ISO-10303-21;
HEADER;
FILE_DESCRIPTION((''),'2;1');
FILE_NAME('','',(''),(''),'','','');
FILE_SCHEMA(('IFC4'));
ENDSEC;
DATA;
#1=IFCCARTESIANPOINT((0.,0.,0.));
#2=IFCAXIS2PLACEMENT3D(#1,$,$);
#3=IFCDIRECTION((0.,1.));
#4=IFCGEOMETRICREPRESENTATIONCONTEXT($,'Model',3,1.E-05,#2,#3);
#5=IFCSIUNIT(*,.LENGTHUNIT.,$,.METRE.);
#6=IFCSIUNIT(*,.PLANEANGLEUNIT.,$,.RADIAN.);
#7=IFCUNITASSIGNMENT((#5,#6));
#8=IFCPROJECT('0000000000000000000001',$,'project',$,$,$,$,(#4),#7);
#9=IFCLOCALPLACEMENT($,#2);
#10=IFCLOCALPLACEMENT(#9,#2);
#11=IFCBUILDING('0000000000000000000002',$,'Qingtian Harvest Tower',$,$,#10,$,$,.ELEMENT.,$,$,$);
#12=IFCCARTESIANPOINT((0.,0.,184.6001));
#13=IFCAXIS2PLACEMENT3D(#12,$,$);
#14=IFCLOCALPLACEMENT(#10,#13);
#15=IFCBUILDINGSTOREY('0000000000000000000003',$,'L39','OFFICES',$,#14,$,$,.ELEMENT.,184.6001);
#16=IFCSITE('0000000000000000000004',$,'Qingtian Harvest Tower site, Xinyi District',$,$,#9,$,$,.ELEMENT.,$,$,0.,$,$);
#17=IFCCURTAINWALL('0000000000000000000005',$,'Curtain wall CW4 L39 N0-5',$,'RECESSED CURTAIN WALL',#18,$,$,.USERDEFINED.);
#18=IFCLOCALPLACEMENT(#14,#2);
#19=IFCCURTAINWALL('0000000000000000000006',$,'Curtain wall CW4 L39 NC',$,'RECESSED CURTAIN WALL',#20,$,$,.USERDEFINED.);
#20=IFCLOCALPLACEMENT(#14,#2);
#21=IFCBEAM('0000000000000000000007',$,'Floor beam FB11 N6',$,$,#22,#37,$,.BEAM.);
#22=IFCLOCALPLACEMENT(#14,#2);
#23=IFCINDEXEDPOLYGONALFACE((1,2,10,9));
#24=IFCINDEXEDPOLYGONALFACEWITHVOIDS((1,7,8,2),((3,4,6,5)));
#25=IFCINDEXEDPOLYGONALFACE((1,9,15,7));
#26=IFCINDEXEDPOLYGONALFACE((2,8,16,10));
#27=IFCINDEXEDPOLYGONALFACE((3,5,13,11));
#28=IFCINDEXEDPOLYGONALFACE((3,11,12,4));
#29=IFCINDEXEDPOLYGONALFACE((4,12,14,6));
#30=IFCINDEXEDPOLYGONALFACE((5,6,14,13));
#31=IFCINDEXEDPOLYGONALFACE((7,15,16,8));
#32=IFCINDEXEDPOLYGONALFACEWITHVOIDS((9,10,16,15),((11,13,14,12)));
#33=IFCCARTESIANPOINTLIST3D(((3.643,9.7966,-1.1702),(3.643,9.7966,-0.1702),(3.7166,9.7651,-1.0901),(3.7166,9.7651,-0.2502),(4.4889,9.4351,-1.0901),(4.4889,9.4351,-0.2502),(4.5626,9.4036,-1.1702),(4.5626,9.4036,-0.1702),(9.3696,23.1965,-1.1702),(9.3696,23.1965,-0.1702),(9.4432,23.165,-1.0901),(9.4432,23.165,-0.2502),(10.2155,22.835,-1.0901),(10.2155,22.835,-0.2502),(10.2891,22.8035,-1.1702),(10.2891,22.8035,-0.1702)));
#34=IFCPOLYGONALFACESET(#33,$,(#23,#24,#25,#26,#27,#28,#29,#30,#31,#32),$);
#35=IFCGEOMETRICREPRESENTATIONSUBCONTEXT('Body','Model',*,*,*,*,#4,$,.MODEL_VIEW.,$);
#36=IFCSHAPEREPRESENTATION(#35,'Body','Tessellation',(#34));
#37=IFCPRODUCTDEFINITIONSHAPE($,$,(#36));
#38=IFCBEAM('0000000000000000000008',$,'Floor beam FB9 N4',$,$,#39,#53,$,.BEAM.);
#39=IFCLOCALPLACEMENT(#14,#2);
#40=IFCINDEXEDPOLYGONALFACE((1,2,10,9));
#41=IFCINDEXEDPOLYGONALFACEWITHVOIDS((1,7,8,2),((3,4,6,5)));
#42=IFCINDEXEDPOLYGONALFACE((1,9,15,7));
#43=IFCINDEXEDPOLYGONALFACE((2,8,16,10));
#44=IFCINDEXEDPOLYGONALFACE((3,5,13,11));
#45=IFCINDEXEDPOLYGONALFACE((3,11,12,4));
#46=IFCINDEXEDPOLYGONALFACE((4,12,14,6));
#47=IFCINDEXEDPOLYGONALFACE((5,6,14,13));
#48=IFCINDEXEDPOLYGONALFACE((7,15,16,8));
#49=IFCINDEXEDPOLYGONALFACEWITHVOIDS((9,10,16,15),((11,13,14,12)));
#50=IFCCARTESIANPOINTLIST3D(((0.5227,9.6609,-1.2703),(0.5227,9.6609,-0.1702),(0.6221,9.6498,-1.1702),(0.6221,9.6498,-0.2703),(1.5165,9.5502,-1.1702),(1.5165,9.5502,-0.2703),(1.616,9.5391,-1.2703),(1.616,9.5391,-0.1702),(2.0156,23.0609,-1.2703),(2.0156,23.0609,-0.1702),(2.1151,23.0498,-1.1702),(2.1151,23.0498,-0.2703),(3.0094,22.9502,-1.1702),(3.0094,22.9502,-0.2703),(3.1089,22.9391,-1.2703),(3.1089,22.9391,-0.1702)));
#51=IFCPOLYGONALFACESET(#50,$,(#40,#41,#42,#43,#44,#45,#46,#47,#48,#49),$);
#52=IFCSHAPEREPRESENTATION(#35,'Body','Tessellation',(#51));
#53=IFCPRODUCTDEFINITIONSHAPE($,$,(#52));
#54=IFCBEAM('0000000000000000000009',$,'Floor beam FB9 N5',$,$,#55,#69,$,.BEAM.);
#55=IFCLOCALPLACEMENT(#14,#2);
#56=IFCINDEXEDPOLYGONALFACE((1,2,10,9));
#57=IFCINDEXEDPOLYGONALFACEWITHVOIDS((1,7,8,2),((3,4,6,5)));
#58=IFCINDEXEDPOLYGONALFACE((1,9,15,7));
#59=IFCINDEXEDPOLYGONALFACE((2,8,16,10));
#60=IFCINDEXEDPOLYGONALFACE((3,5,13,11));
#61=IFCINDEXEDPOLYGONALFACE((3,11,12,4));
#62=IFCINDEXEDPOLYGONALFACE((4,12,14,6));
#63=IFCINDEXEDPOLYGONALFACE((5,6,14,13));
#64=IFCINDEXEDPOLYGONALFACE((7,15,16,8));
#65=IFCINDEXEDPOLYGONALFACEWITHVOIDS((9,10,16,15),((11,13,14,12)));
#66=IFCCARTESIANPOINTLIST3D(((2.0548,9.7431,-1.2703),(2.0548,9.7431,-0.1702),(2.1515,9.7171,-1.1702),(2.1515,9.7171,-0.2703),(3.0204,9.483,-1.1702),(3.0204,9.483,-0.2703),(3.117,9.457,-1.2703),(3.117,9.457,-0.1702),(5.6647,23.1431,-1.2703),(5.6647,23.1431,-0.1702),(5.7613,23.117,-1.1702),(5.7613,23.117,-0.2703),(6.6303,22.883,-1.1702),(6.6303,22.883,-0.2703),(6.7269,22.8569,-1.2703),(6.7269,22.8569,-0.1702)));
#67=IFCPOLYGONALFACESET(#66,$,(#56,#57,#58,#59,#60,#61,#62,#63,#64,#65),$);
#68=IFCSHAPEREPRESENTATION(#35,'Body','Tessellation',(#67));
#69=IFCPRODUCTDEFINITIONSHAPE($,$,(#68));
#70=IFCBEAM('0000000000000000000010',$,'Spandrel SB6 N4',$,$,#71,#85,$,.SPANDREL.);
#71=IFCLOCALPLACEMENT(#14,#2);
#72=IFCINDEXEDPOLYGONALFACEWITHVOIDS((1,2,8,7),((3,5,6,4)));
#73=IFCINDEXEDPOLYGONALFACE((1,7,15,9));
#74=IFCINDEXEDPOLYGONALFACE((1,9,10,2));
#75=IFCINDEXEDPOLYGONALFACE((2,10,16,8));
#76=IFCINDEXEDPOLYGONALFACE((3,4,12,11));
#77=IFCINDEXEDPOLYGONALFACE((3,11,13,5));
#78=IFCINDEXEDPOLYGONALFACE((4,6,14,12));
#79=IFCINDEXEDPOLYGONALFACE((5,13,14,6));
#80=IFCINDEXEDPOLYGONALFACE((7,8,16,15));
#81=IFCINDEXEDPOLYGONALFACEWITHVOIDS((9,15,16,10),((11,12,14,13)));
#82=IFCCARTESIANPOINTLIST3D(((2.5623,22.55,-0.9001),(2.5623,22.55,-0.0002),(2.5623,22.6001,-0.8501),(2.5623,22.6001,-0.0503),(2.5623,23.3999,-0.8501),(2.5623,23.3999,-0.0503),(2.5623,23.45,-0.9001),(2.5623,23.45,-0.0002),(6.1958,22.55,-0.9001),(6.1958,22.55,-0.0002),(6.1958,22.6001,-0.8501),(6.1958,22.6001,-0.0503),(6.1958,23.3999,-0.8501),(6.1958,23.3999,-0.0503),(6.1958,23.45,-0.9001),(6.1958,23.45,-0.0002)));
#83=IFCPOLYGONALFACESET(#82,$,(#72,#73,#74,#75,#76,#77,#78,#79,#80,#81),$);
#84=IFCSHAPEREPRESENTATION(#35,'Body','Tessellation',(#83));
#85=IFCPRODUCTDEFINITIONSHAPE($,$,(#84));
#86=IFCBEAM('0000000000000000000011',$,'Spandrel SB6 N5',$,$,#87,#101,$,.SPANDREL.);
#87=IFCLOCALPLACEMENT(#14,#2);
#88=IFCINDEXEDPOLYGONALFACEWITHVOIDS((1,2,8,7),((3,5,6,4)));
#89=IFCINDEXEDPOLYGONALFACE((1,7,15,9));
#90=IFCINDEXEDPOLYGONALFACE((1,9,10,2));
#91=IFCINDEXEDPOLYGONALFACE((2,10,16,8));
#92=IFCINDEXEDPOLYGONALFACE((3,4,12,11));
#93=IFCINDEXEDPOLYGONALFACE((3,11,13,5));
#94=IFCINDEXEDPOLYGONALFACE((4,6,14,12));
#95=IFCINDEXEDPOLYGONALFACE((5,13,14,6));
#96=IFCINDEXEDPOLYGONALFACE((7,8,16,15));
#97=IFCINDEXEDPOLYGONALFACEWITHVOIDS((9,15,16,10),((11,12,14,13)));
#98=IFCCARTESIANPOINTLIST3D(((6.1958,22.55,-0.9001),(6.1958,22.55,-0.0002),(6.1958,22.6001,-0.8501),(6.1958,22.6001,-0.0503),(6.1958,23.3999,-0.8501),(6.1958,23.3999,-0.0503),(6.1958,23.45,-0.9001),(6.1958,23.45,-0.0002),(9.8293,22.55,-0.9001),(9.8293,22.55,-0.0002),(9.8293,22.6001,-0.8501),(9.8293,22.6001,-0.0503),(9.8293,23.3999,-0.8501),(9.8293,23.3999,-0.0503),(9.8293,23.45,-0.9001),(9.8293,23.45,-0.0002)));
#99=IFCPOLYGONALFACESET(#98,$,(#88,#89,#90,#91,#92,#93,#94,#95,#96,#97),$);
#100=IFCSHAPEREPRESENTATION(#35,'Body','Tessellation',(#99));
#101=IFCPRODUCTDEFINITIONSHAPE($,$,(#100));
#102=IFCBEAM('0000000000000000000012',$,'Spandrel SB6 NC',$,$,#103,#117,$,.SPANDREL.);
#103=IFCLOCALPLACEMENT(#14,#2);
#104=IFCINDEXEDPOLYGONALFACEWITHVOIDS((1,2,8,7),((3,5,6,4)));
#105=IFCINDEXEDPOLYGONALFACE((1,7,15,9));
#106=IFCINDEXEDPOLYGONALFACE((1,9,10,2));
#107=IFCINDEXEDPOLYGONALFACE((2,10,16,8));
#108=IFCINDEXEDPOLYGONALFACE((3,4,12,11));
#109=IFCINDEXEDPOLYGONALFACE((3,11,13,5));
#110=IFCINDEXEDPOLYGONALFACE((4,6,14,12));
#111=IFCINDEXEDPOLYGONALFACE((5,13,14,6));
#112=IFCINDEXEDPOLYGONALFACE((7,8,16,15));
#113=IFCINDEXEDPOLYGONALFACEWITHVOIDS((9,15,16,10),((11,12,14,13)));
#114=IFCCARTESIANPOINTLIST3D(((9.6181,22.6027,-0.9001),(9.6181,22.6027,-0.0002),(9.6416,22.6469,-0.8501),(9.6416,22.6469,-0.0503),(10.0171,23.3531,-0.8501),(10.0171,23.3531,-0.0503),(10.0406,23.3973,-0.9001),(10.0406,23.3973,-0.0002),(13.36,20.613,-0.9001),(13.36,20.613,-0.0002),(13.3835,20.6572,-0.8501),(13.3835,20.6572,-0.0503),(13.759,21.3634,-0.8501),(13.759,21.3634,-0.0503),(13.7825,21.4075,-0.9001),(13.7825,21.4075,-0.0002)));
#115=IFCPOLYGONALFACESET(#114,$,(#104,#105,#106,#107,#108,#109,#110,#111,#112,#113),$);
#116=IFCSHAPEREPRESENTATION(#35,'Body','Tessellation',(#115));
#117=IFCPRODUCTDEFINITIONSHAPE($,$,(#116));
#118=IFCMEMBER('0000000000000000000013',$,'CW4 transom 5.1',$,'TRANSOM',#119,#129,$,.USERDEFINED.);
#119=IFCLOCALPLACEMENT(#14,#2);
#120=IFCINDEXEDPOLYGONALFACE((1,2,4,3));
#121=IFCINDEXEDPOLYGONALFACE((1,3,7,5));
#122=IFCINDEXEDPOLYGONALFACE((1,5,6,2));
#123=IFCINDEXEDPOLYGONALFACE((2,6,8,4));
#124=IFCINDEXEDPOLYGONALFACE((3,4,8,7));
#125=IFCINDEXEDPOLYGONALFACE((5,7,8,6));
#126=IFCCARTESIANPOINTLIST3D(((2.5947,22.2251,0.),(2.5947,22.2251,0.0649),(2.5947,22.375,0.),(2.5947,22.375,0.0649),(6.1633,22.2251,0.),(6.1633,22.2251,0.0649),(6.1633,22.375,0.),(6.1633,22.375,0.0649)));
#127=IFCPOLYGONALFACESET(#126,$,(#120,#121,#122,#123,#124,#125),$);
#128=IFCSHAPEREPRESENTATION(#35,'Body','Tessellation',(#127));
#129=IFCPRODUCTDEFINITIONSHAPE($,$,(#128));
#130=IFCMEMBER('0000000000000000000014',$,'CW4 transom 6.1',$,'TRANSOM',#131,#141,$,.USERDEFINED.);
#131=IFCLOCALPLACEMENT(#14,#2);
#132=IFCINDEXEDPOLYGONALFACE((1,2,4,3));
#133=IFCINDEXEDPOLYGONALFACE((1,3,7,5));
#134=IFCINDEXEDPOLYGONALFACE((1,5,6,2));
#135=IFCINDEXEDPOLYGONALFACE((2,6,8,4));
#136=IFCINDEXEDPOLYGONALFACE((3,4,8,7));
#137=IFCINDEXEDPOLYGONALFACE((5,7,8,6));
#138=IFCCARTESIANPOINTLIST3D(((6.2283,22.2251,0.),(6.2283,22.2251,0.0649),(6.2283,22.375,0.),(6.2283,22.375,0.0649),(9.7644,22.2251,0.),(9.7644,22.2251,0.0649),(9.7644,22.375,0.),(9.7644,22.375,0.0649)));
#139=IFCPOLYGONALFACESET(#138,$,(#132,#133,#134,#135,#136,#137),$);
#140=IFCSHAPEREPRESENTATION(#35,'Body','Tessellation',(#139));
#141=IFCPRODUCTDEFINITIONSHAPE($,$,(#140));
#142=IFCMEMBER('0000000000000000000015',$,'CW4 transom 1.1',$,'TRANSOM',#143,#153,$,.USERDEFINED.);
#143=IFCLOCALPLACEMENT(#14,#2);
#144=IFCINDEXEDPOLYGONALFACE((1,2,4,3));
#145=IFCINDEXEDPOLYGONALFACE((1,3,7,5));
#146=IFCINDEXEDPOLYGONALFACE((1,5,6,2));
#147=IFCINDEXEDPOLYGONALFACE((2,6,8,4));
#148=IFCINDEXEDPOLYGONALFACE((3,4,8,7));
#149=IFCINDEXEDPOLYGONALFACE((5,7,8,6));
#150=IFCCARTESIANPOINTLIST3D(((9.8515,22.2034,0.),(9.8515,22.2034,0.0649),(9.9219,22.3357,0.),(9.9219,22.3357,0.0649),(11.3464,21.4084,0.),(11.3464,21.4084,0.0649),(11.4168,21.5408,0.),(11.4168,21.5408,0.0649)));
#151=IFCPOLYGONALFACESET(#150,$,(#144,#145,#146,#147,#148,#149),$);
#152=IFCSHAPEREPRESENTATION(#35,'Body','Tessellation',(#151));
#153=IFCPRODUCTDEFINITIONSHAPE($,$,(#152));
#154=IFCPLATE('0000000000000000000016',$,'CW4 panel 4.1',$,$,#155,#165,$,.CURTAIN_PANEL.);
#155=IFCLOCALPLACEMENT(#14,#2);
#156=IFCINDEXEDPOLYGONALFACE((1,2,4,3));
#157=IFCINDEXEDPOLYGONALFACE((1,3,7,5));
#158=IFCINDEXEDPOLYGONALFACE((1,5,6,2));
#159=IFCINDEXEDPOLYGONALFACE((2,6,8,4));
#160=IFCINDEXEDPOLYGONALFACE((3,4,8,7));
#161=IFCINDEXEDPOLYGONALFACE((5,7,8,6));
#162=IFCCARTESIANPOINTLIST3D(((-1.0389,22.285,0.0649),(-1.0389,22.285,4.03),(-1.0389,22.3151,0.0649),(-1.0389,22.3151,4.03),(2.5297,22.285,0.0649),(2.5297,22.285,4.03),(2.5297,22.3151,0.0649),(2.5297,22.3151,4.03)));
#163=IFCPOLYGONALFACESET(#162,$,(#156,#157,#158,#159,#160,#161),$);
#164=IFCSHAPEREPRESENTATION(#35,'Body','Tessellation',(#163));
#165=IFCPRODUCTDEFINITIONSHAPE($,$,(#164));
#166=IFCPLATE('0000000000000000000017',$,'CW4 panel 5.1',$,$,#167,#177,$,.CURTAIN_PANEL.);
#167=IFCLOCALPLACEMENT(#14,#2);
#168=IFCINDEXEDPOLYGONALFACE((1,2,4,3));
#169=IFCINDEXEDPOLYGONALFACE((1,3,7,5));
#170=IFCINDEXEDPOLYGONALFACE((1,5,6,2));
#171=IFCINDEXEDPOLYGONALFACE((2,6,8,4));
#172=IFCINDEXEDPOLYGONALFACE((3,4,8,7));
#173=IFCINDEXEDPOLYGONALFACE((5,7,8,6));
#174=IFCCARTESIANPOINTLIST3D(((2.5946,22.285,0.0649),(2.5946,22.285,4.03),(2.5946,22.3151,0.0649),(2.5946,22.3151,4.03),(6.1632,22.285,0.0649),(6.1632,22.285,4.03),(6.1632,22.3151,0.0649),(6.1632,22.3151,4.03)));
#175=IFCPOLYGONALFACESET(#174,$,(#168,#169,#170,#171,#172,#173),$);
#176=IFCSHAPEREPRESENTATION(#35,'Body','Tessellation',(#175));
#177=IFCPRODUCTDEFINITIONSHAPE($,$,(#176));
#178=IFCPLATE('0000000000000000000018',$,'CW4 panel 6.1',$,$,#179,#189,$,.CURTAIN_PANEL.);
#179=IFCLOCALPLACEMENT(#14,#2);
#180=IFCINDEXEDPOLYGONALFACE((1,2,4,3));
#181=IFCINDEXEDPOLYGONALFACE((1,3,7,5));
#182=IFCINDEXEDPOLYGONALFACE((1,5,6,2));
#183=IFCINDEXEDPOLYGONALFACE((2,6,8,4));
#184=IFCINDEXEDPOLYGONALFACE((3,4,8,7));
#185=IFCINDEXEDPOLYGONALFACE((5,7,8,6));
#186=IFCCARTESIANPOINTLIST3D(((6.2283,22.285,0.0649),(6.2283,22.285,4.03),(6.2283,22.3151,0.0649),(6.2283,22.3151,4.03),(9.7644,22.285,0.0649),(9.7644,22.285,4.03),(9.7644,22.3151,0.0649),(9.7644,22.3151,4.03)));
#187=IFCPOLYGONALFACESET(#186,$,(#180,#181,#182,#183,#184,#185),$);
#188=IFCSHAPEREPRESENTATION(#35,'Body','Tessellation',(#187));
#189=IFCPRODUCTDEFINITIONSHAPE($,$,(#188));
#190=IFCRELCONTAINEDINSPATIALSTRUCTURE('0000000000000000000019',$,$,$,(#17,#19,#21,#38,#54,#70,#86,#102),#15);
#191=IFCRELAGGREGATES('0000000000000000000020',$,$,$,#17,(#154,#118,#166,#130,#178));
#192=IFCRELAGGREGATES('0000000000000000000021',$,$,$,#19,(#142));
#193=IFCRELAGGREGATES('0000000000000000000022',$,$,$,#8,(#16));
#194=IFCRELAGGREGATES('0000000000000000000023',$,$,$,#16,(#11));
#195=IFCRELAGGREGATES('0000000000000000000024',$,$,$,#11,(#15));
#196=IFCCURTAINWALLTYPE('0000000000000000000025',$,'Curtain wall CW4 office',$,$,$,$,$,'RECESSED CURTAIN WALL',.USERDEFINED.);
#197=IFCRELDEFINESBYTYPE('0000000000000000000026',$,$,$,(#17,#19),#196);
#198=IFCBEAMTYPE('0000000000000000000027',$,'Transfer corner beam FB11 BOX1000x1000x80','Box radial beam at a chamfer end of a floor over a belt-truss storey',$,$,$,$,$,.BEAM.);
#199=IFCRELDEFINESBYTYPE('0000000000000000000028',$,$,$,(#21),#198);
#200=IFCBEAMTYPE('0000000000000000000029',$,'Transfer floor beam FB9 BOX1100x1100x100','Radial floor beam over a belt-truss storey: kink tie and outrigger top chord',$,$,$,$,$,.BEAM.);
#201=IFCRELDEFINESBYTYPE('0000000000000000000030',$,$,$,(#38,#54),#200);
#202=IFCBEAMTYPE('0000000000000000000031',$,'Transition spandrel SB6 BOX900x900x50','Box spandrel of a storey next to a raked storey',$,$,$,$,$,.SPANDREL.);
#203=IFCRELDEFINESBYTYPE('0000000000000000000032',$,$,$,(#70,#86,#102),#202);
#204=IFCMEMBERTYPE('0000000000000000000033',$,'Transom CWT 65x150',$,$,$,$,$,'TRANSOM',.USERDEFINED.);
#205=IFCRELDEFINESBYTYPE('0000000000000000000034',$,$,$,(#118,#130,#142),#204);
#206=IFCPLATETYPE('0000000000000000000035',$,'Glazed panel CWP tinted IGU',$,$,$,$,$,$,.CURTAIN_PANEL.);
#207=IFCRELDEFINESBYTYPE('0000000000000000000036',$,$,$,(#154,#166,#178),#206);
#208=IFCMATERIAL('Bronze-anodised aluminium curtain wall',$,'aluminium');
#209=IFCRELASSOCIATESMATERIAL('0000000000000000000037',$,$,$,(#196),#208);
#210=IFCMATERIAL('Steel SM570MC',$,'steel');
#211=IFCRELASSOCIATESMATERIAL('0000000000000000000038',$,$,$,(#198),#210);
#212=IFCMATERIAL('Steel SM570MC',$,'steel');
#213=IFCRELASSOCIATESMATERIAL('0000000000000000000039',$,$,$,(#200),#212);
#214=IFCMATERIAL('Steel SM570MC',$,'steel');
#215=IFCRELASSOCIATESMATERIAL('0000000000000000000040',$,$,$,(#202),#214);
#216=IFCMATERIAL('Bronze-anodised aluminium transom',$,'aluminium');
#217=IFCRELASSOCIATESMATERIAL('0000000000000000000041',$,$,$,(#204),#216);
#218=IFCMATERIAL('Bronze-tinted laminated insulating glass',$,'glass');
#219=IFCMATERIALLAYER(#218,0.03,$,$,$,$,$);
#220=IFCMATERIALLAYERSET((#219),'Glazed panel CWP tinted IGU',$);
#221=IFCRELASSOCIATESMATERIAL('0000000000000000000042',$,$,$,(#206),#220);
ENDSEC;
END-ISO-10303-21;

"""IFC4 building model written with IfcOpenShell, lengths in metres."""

from ifc_helpers import new_model, si_unit, direction, frame, origin, origin_2d, place, context, subcontext, project, spatial, rectangle, hollow_rectangle, extrude, material, layer, layer_set, material_profile, profile_set, type_object, element, aggregate, save


model = new_model("IFC4")

# Units and contexts
model_context = context("Model", 3, precision=1e-05, world=origin(), true_north=direction((0.0, 1.0)))
body_context = subcontext(model_context, "Body", "Model", "MODEL_VIEW")
ifc_project = project(units=[si_unit("LENGTHUNIT", "METRE"), si_unit("PLANEANGLEUNIT", "RADIAN")], contexts=[model_context])

# Site, building, storey
site_placement = place(None, origin())
site = spatial("IfcSite", under=ifc_project, at=site_placement, Name="Qingtian Harvest Tower site, Xinyi District", CompositionType="ELEMENT", RefElevation=0.0)
building_placement = place(site_placement, origin())
building = spatial("IfcBuilding", under=site, at=building_placement, Name="Qingtian Harvest Tower", CompositionType="ELEMENT")
storey_placement = place(building_placement, frame((0.0, 0.0, 184.6001)))
storey = spatial("IfcBuildingStorey", under=building, at=storey_placement, Name="L39", Description="OFFICES", CompositionType="ELEMENT", Elevation=184.6001)

# Curtain walls
ifc_material_1 = material(Name="Bronze-anodised aluminium curtain wall", Category="aluminium")
curtain_wall_type = type_object("IfcCurtainWallType", Name="Curtain wall CW4 office", ElementType="RECESSED CURTAIN WALL", PredefinedType="USERDEFINED", material=ifc_material_1)
curtain_wall_1_placement = place(storey_placement, origin())
curtain_wall_1 = element("IfcCurtainWall", 1, at=curtain_wall_1_placement, inside=storey, type_object=curtain_wall_type, Name="Curtain wall CW4 L39 N0-5", ObjectType="RECESSED CURTAIN WALL", PredefinedType="USERDEFINED")
curtain_wall_2_placement = place(storey_placement, origin())
curtain_wall_2 = element("IfcCurtainWall", 2, at=curtain_wall_2_placement, inside=storey, type_object=curtain_wall_type, Name="Curtain wall CW4 L39 NC", ObjectType="RECESSED CURTAIN WALL", PredefinedType="USERDEFINED")

# Beams
ifc_material_2 = material(Name="Steel SM570MC", Category="steel")
ifc_material_profile_1 = material_profile(ifc_material_2, hollow_rectangle(XDim=1.0, YDim=1.0, WallThickness=0.0801, at=origin_2d()), Name="BOX1000x1000x80")
ifc_profile_set_1 = profile_set([ifc_material_profile_1], Name="Steel SM570MC")
beam_type_1 = type_object("IfcBeamType", Name="Transfer corner beam FB11 BOX1000x1000x80", Description="Box radial beam at a chamfer end of a floor over a belt-truss storey", PredefinedType="BEAM", material=ifc_profile_set_1)
beam_1_placement = place(storey_placement, frame((9.8293, 23.0, -0.6702), z_axis=(-0.392977, -0.919548, 0.0), x_axis=(0.919548, -0.392977, 0.0)))
element("IfcBeam", 3, at=beam_1_placement, inside=storey, type_object=beam_type_1, Name="Floor beam FB11 N6", PredefinedType="BEAM", context=body_context, shape_type="SweptSolid", body=[
    extrude(hollow_rectangle(XDim=1.0, YDim=1.0, WallThickness=0.0801, at=origin_2d()), origin(), (0.0, 0.0, 1.0), 14.5723),
])
ifc_material_3 = material(Name="Steel SM570MC", Category="steel")
ifc_material_profile_2 = material_profile(ifc_material_3, hollow_rectangle(XDim=1.1001, YDim=1.1001, WallThickness=0.1001, at=origin_2d()), Name="BOX1100x1100x100")
ifc_profile_set_2 = profile_set([ifc_material_profile_2], Name="Steel SM570MC")
beam_type_2 = type_object("IfcBeamType", Name="Transfer floor beam FB9 BOX1100x1100x100", Description="Radial floor beam over a belt-truss storey: kink tie and outrigger top chord", PredefinedType="BEAM", material=ifc_profile_set_2)
beam_2_placement = place(storey_placement, frame((2.5623, 23.0, -0.7202), z_axis=(-0.110728, -0.993851, 0.0), x_axis=(0.993851, -0.110728, 0.0)))
element("IfcBeam", 4, at=beam_2_placement, inside=storey, type_object=beam_type_2, Name="Floor beam FB9 N4", PredefinedType="BEAM", context=body_context, shape_type="SweptSolid", body=[
    extrude(hollow_rectangle(XDim=1.1001, YDim=1.1001, WallThickness=0.1001, at=origin_2d()), origin(), (0.0, 0.0, 1.0), 13.4829),
])
beam_3_placement = place(storey_placement, frame((6.1958, 23.0, -0.7202), z_axis=(-0.260121, -0.965576, 0.0), x_axis=(0.965576, -0.260121, 0.0)))
element("IfcBeam", 5, at=beam_3_placement, inside=storey, type_object=beam_type_2, Name="Floor beam FB9 N5", PredefinedType="BEAM", context=body_context, shape_type="SweptSolid", body=[
    extrude(hollow_rectangle(XDim=1.1001, YDim=1.1001, WallThickness=0.1001, at=origin_2d()), origin(), (0.0, 0.0, 1.0), 13.8777),
])
ifc_material_4 = material(Name="Steel SM570MC", Category="steel")
ifc_material_profile_3 = material_profile(ifc_material_4, hollow_rectangle(XDim=0.8999, YDim=0.8999, WallThickness=0.05, at=origin_2d()), Name="BOX900x900x50")
ifc_profile_set_3 = profile_set([ifc_material_profile_3], Name="Steel SM570MC")
beam_type_3 = type_object("IfcBeamType", Name="Transition spandrel SB6 BOX900x900x50", Description="Box spandrel of a storey next to a raked storey", PredefinedType="SPANDREL", material=ifc_profile_set_3)
for number, where, z_axis, x_axis, name in (
    (6, (2.5623, 23.0, -0.4502), (1.0, 0.0, 0.0), (0.0, 1.0, 0.0), "Spandrel SB6 N4"),
    (7, (6.1958, 23.0, -0.4502), (1.0, 0.0, 0.0), (0.0, 1.0, 0.0), "Spandrel SB6 N5"),
):
    element("IfcBeam", number, at=place(storey_placement, frame(where, z_axis=z_axis, x_axis=x_axis)), inside=storey, type_object=beam_type_3, Name=name, PredefinedType="SPANDREL", context=body_context, shape_type="SweptSolid", body=[
        extrude(hollow_rectangle(XDim=0.8999, YDim=0.8999, WallThickness=0.05, at=origin_2d()), origin(), (0.0, 0.0, 1.0), 3.6335),
    ])
beam_4_placement = place(storey_placement, frame((9.8293, 23.0, -0.4502), z_axis=(0.882936, -0.469494, 0.0), x_axis=(0.469494, 0.882936, 0.0)))
element("IfcBeam", 8, at=beam_4_placement, inside=storey, type_object=beam_type_3, Name="Spandrel SB6 NC", PredefinedType="SPANDREL", context=body_context, shape_type="SweptSolid", body=[
    extrude(hollow_rectangle(XDim=0.8999, YDim=0.8999, WallThickness=0.05, at=origin_2d()), origin(), (0.0, 0.0, 1.0), 4.238),
])

# Members
ifc_material_5 = material(Name="Bronze-anodised aluminium transom", Category="aluminium")
ifc_material_profile_4 = material_profile(ifc_material_5, rectangle(XDim=0.1499, YDim=0.0649, at=origin_2d()), Name="AL 65x150")
ifc_profile_set_4 = profile_set([ifc_material_profile_4], Name="Bronze-anodised aluminium transom")
member_type_1 = type_object("IfcMemberType", Name="Transom CWT 65x150", ElementType="TRANSOM", PredefinedType="USERDEFINED", material=ifc_profile_set_4)
member_1_placement = place(storey_placement, frame((2.5947, 22.3, 0.0325), z_axis=(1.0, 0.0, 0.0), x_axis=(0.0, 1.0, 0.0)))
member_1 = element("IfcMember", 9, at=member_1_placement, type_object=member_type_1, Name="CW4 transom 5.1", ObjectType="TRANSOM", PredefinedType="USERDEFINED", context=body_context, shape_type="SweptSolid", body=[
    extrude(rectangle(XDim=0.1499, YDim=0.0649, at=origin_2d()), origin(), (0.0, 0.0, 1.0), 3.5686),
])
member_2_placement = place(storey_placement, frame((6.2283, 22.3, 0.0325), z_axis=(1.0, 0.0, 0.0), x_axis=(0.0, 1.0, 0.0)))
member_2 = element("IfcMember", 10, at=member_2_placement, type_object=member_type_1, Name="CW4 transom 6.1", ObjectType="TRANSOM", PredefinedType="USERDEFINED", context=body_context, shape_type="SweptSolid", body=[
    extrude(rectangle(XDim=0.1499, YDim=0.0649, at=origin_2d()), origin(), (0.0, 0.0, 1.0), 3.5361),
])
member_3_placement = place(storey_placement, frame((9.8867, 22.2695, 0.0325), z_axis=(0.882927, -0.46951, 0.0), x_axis=(0.46951, 0.882927, 0.0)))
member_3 = element("IfcMember", 11, at=member_3_placement, type_object=member_type_1, Name="CW4 transom 1.1", ObjectType="TRANSOM", PredefinedType="USERDEFINED", context=body_context, shape_type="SweptSolid", body=[
    extrude(rectangle(XDim=0.1499, YDim=0.0649, at=origin_2d()), origin(), (0.0, 0.0, 1.0), 1.6931),
])

# Plates
ifc_material_6 = material(Name="Bronze-tinted laminated insulating glass", Category="glass")
ifc_layer_1 = layer(ifc_material_6, 0.03)
ifc_layer_set_1 = layer_set([ifc_layer_1], Name="Glazed panel CWP tinted IGU")
plate_type = type_object("IfcPlateType", Name="Glazed panel CWP tinted IGU", PredefinedType="CURTAIN_PANEL", material=ifc_layer_set_1)
plate_1_placement = place(storey_placement, frame((0.7454, 22.3, 0.0649), z_axis=(0.0, 0.0, 1.0), x_axis=(1.0, 0.0, 0.0)))
plate_1 = element("IfcPlate", 12, at=plate_1_placement, type_object=plate_type, Name="CW4 panel 4.1", PredefinedType="CURTAIN_PANEL", context=body_context, shape_type="SweptSolid", body=[
    extrude(rectangle(XDim=3.5686, YDim=0.03, at=origin_2d()), origin(), (0.0, 0.0, 1.0), 3.9651),
])
plate_2_placement = place(storey_placement, frame((4.3789, 22.3, 0.0649), z_axis=(0.0, 0.0, 1.0), x_axis=(1.0, 0.0, 0.0)))
plate_2 = element("IfcPlate", 13, at=plate_2_placement, type_object=plate_type, Name="CW4 panel 5.1", PredefinedType="CURTAIN_PANEL", context=body_context, shape_type="SweptSolid", body=[
    extrude(rectangle(XDim=3.5686, YDim=0.03, at=origin_2d()), origin(), (0.0, 0.0, 1.0), 3.9651),
])
plate_3_placement = place(storey_placement, frame((7.9963, 22.3, 0.0649), z_axis=(0.0, 0.0, 1.0), x_axis=(1.0, 0.0, 0.0)))
plate_3 = element("IfcPlate", 14, at=plate_3_placement, type_object=plate_type, Name="CW4 panel 6.1", PredefinedType="CURTAIN_PANEL", context=body_context, shape_type="SweptSolid", body=[
    extrude(rectangle(XDim=3.5361, YDim=0.03, at=origin_2d()), origin(), (0.0, 0.0, 1.0), 3.9651),
])
aggregate(curtain_wall_1, [plate_1, member_1, plate_2, member_2, plate_3])
aggregate(curtain_wall_2, [member_3])

save(model, "model.ifc")
